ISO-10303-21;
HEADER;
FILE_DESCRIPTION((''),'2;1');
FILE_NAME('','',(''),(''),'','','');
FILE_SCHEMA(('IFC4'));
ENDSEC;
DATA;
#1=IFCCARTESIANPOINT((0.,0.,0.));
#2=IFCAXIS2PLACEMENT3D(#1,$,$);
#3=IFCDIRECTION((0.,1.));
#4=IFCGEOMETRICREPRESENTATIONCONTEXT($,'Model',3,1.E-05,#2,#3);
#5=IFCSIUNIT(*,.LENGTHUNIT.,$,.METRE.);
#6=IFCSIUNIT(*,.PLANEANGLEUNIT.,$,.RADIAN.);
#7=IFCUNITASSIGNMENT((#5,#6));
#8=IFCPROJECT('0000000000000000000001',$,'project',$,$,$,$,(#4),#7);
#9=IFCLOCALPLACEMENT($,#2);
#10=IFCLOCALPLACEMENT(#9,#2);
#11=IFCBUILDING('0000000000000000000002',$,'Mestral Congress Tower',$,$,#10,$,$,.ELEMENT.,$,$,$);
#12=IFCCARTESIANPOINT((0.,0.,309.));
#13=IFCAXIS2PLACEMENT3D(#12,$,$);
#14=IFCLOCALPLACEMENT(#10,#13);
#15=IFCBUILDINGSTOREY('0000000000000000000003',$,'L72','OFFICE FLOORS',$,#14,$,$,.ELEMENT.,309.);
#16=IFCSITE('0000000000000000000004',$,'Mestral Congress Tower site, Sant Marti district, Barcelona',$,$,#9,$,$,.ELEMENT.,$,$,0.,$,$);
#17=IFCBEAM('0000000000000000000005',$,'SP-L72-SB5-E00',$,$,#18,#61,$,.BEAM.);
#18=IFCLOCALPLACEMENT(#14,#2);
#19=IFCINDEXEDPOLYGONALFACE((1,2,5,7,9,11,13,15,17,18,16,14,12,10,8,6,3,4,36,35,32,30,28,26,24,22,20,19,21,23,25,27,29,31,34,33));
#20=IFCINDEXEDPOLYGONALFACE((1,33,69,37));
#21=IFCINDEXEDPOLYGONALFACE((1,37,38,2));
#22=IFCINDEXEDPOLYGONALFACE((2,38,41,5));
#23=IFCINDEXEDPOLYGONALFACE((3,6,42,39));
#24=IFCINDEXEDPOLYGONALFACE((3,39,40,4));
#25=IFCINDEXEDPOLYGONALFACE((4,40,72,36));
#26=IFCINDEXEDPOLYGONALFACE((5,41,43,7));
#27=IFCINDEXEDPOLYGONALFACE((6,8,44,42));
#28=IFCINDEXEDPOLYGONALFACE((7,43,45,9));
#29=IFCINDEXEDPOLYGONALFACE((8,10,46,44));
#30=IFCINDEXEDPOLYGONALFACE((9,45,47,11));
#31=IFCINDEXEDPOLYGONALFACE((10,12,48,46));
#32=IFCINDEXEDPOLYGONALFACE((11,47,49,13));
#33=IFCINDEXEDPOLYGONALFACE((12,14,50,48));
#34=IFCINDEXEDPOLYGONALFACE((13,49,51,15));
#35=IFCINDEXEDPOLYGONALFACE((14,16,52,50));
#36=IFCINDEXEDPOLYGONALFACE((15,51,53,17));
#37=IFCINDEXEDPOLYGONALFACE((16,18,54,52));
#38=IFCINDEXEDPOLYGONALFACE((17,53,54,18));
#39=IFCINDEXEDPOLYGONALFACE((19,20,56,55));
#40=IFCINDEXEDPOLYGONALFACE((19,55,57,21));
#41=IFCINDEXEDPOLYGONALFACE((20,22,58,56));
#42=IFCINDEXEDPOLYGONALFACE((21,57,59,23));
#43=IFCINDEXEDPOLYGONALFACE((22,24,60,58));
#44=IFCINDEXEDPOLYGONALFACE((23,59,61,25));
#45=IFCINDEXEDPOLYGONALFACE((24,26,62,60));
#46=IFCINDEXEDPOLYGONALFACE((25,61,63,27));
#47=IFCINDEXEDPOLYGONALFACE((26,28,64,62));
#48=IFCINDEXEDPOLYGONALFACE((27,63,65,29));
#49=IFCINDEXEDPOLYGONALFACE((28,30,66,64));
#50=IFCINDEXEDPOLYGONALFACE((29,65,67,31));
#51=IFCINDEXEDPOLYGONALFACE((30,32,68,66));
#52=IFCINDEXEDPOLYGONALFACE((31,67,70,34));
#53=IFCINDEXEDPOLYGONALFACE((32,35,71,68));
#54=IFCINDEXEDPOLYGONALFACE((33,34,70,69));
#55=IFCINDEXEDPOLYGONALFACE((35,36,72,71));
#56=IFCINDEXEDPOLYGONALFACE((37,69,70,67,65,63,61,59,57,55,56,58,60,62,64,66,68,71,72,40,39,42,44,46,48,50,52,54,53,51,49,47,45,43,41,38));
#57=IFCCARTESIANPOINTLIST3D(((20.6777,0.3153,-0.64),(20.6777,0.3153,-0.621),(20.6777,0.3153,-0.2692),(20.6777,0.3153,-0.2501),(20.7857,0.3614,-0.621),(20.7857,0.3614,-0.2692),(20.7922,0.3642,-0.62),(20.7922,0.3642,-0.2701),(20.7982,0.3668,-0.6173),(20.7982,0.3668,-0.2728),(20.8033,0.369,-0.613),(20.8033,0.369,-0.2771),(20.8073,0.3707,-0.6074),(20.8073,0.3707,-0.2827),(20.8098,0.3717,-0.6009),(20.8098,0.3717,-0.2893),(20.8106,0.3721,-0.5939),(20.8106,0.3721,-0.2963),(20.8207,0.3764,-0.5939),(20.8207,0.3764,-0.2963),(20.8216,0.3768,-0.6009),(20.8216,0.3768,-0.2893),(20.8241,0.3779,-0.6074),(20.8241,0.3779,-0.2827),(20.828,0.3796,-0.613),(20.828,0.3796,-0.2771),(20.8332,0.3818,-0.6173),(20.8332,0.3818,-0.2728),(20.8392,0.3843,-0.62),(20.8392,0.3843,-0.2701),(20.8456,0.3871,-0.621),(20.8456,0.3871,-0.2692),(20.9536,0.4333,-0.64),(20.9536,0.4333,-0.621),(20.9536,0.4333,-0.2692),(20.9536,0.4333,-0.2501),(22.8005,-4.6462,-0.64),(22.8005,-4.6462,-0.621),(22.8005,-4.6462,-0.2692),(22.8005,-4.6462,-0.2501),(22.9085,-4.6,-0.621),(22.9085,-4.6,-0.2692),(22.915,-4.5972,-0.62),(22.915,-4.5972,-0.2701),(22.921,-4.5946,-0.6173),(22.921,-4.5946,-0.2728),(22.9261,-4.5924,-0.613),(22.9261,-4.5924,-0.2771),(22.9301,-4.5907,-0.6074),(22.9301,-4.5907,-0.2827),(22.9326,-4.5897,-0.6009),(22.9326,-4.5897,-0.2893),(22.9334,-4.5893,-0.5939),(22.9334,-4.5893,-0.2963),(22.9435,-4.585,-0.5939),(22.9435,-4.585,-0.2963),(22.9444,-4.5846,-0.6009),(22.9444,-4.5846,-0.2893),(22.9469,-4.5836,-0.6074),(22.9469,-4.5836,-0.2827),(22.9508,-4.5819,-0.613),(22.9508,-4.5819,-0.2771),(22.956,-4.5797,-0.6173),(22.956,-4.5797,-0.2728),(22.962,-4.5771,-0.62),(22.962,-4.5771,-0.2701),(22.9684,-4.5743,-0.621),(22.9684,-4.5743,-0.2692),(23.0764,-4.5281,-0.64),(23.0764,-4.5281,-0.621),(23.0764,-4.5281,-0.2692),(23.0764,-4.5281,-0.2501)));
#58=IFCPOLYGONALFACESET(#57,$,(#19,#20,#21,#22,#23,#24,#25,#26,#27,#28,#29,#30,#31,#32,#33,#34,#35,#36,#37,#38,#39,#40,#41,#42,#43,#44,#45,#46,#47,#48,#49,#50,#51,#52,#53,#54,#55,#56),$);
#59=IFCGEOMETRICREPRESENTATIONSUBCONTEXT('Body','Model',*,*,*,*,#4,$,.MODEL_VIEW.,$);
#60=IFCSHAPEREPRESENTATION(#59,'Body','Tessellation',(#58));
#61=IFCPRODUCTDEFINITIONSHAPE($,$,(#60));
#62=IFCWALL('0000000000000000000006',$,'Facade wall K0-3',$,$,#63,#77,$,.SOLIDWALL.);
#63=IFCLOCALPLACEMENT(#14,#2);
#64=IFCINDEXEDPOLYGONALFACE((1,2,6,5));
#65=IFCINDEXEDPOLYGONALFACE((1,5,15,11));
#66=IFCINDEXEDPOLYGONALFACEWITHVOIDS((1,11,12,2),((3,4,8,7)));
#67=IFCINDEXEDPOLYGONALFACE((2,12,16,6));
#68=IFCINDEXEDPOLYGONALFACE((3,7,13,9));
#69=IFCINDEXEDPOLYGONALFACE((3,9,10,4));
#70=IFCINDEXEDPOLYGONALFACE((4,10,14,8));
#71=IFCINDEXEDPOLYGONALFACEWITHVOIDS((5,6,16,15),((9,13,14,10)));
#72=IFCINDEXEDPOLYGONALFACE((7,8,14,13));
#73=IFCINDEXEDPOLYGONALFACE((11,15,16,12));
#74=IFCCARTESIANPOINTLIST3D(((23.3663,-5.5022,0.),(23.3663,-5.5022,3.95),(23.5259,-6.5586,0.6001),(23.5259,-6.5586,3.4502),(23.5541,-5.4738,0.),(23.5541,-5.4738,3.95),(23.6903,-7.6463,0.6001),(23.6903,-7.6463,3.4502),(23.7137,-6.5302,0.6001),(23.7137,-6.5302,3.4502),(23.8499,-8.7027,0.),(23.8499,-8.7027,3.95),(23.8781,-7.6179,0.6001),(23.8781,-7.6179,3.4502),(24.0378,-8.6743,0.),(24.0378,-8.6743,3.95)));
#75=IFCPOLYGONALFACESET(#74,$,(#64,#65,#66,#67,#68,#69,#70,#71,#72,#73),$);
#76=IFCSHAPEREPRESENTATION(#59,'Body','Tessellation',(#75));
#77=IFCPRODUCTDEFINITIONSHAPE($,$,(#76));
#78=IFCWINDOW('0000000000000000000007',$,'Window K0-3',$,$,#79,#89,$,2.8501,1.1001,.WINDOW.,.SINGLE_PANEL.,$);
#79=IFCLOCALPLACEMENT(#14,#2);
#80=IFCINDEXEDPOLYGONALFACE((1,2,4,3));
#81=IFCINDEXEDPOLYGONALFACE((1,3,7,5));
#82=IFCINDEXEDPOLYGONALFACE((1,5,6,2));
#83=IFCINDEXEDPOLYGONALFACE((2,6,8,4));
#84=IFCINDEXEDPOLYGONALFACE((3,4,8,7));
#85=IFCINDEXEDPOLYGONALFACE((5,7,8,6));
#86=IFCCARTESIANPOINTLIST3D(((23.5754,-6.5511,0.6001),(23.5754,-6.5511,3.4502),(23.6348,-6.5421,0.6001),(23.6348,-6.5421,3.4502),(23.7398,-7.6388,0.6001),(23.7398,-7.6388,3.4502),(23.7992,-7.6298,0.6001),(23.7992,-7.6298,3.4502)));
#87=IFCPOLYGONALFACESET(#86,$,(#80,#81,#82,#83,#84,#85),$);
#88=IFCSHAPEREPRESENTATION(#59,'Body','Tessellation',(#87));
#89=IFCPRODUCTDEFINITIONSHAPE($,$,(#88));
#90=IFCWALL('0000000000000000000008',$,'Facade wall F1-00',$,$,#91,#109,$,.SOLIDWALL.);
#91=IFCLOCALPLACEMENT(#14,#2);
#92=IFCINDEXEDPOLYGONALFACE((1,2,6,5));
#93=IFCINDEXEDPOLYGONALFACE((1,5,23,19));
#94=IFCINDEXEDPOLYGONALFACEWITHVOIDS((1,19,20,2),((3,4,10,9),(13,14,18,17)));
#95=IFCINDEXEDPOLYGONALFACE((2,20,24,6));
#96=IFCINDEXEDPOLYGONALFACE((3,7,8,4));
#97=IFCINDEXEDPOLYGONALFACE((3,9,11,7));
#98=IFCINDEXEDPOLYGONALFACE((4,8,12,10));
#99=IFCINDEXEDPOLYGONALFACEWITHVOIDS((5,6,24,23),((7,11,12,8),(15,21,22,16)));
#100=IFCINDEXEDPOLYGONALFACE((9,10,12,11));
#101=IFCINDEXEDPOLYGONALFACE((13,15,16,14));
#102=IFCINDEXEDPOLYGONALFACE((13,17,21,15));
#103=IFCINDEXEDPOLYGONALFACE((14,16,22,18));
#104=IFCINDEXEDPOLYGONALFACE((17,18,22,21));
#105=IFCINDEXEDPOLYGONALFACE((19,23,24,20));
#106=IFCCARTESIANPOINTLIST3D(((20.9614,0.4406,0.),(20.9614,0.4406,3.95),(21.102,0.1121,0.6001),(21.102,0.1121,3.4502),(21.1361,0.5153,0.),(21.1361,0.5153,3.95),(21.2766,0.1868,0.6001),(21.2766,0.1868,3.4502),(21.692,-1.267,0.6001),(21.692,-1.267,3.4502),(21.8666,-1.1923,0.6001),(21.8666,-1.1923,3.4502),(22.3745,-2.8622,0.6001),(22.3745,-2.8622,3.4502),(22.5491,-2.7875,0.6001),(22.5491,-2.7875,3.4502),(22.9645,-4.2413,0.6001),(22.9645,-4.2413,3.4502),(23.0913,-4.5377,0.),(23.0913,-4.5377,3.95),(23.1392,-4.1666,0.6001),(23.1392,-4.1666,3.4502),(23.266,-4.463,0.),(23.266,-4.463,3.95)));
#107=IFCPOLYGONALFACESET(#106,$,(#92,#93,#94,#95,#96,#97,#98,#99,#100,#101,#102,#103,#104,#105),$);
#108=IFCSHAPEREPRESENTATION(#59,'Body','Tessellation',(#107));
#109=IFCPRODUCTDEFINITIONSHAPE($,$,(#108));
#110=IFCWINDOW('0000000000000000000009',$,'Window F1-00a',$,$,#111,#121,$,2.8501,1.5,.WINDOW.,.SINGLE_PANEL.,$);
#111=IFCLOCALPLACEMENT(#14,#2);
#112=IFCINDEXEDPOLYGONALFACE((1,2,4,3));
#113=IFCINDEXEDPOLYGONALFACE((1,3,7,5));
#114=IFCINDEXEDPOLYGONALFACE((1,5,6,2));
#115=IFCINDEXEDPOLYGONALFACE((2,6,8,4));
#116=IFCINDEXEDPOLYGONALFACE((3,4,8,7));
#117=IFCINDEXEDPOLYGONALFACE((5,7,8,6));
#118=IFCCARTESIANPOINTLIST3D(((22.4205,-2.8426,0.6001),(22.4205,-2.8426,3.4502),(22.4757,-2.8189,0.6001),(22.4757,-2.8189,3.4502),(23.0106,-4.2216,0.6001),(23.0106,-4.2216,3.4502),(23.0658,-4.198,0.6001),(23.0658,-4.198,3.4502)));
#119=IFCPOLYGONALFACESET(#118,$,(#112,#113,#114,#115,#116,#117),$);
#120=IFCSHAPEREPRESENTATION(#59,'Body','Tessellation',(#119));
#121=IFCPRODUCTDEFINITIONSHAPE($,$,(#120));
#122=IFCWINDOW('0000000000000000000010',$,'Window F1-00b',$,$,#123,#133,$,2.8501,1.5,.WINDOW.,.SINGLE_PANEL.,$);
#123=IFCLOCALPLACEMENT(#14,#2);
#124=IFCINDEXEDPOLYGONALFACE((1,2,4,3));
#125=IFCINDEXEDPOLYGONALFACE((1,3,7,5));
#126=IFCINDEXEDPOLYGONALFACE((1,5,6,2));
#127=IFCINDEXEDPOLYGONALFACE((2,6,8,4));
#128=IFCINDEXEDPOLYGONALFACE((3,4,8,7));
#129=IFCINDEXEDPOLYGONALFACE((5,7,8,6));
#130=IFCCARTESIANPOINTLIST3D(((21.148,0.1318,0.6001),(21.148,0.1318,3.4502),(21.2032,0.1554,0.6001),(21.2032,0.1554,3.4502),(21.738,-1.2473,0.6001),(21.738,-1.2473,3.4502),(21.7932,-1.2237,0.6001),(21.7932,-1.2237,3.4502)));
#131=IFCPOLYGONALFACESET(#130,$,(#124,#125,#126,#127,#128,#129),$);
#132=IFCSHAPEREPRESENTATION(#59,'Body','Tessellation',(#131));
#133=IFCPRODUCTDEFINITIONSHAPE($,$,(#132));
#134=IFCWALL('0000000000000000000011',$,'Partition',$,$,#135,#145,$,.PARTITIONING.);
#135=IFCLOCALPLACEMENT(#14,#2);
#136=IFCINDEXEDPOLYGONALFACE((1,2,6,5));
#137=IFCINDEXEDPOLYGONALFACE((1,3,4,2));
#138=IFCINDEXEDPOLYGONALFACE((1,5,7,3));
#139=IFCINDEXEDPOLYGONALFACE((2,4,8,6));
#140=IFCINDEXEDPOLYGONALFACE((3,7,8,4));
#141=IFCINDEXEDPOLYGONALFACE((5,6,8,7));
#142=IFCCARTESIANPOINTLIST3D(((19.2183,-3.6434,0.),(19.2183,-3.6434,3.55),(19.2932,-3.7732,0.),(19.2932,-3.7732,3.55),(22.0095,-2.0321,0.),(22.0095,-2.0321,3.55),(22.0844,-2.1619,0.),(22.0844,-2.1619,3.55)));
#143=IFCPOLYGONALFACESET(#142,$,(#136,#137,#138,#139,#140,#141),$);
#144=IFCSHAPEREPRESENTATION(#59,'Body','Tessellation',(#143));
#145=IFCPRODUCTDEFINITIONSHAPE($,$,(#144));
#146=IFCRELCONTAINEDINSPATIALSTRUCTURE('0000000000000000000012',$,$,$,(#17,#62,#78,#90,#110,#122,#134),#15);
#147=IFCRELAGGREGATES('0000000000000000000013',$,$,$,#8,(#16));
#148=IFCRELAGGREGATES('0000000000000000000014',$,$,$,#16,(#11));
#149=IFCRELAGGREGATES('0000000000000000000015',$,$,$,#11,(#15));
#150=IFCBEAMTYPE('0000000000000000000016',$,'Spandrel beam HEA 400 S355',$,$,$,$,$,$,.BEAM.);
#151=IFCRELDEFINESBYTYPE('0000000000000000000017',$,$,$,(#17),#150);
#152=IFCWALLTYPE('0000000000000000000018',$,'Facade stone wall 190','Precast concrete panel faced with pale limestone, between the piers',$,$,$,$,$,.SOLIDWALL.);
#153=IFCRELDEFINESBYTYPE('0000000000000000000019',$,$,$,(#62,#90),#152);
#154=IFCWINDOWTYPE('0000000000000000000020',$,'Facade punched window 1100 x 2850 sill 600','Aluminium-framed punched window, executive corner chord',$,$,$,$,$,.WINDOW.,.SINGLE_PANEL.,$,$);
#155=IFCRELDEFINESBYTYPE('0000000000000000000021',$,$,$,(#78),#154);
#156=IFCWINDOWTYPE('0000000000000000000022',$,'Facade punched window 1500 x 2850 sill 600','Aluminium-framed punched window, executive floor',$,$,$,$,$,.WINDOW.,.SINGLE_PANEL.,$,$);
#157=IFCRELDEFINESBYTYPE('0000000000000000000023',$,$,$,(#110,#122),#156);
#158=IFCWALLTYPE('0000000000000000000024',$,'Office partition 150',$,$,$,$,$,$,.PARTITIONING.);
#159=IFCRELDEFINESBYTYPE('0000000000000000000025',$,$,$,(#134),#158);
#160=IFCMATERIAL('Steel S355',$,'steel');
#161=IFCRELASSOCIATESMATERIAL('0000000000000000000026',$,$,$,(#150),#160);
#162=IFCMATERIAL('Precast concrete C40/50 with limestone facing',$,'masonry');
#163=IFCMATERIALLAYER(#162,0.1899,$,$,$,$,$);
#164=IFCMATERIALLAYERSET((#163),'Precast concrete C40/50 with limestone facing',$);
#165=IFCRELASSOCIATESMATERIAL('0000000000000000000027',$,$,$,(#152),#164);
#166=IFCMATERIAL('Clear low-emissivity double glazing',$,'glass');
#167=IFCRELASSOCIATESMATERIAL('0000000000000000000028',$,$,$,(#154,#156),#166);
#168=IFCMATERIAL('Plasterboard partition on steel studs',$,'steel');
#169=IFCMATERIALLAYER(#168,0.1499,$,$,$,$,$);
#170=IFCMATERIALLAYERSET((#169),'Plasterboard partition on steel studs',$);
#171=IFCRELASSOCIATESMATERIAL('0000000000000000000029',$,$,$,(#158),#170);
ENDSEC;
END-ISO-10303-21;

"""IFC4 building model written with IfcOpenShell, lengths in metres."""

from ifc_helpers import new_model, si_unit, direction, frame, frame_2d, origin, origin_2d, place, context, subcontext, project, spatial, rectangle, i_section, extrude, material, layer, layer_set, material_profile, profile_set, type_object, element, fill, save


model = new_model("IFC4")

# Units and contexts
model_context = context("Model", 3, precision=1e-05, world=origin(), true_north=direction((0.0, 1.0)))
body_context = subcontext(model_context, "Body", "Model", "MODEL_VIEW")
ifc_project = project(units=[si_unit("LENGTHUNIT", "METRE"), si_unit("PLANEANGLEUNIT", "RADIAN")], contexts=[model_context])

# Site, building, storey
site_placement = place(None, origin())
site = spatial("IfcSite", under=ifc_project, at=site_placement, Name="Mestral Congress Tower site, Sant Marti district, Barcelona", CompositionType="ELEMENT", RefElevation=0.0)
building_placement = place(site_placement, origin())
building = spatial("IfcBuilding", under=site, at=building_placement, Name="Mestral Congress Tower", CompositionType="ELEMENT")
storey_placement = place(building_placement, frame((0.0, 0.0, 309.0)))
storey = spatial("IfcBuildingStorey", under=building, at=storey_placement, Name="L72", Description="OFFICE FLOORS", CompositionType="ELEMENT", Elevation=309.0)

# Beam
ifc_material_1 = material(Name="Steel S355", Category="steel")
ifc_material_profile_1 = material_profile(ifc_material_1, i_section(OverallWidth=0.3, OverallDepth=0.3899, WebThickness=0.011, FlangeThickness=0.019, FilletRadius=0.0271, at=origin_2d()), Name="HEA 400")
ifc_profile_set_1 = profile_set([ifc_material_profile_1], Name="Steel S355")
beam_type_1 = type_object("IfcBeamType", Name="Spandrel beam HEA 400 S355", PredefinedType="BEAM", material=ifc_profile_set_1)
beam_1_placement = place(storey_placement, frame((22.9385, -4.5872, -0.4451), z_axis=(-0.393368, 0.919381, 0.0), x_axis=(-0.919381, -0.393368, 0.0)))
element("IfcBeam", 1, at=beam_1_placement, inside=storey, type_object=beam_type_1, Name="SP-L72-SB5-E00", PredefinedType="BEAM", context=body_context, shape_type="SweptSolid", body=[
    extrude(i_section(OverallWidth=0.3, OverallDepth=0.3899, WebThickness=0.011, FlangeThickness=0.019, FilletRadius=0.0271, at=origin_2d()), origin(), (0.0, 0.0, 1.0), 5.3965),
])

# Wall, opening, window
ifc_material_2 = material(Name="Precast concrete C40/50 with limestone facing", Category="masonry")
ifc_layer_1 = layer(ifc_material_2, 0.1899)
ifc_layer_set_1 = layer_set([ifc_layer_1], Name="Precast concrete C40/50 with limestone facing")
wall_type_1 = type_object("IfcWallType", Name="Facade stone wall 190", Description="Precast concrete panel faced with pale limestone, between the piers", PredefinedType="SOLIDWALL", material=ifc_layer_set_1)
wall_1_placement = place(storey_placement, frame((23.9438, -8.6885, 0.0), z_axis=(0.0, 0.0, 1.0), x_axis=(-0.149421, 0.988774, 0.0)))
wall_1 = element("IfcWall", 2, at=wall_1_placement, inside=storey, type_object=wall_type_1, Name="Facade wall K0-3", PredefinedType="SOLIDWALL", context=body_context, shape_type="SweptSolid", body=[
    extrude(rectangle(XDim=3.2368, YDim=0.1899, at=frame_2d((1.6184, 0.0))), origin(), (0.0, 0.0, 1.0), 3.95),
])
opening_1_placement = place(wall_1_placement, frame((1.0684, 0.0, 0.6001)))
opening_1 = element("IfcOpeningElement", 3, at=opening_1_placement, cuts=wall_1, PredefinedType="OPENING", context=body_context, shape_type="SweptSolid", body=[
    extrude(rectangle(XDim=1.1001, YDim=2.8501, at=frame_2d((0.55, 1.425))), frame((0.0, 0.105, 0.0), z_axis=(0.0, -1.0, 0.0), x_axis=(1.0, 0.0, 0.0)), (0.0, 0.0, 1.0), 0.21),
])
ifc_material_3 = material(Name="Clear low-emissivity double glazing", Category="glass")
window_type_1 = type_object("IfcWindowType", Name="Facade punched window 1100 x 2850 sill 600", Description="Aluminium-framed punched window, executive corner chord", PartitioningType="SINGLE_PANEL", PredefinedType="WINDOW", material=ifc_material_3)
window_1_placement = place(opening_1_placement, origin())
window_1 = element("IfcWindow", 4, at=window_1_placement, inside=storey, type_object=window_type_1, Name="Window K0-3", OverallHeight=2.8501, OverallWidth=1.1001, PartitioningType="SINGLE_PANEL", PredefinedType="WINDOW", context=body_context, shape_type="SweptSolid", body=[
    extrude(rectangle(XDim=1.1001, YDim=2.8501, at=frame_2d((0.55, 1.425))), frame((0.0, 0.0449, 0.0), z_axis=(0.0, -1.0, 0.0), x_axis=(1.0, 0.0, 0.0)), (0.0, 0.0, 1.0), 0.0601),
])
fill(opening_1, window_1)

# Wall, openings, windows
wall_2_placement = place(storey_placement, frame((23.1787, -4.5005, 0.0), z_axis=(0.0, 0.0, 1.0), x_axis=(-0.393348, 0.91939, 0.0)))
wall_2 = element("IfcWall", 5, at=wall_2_placement, inside=storey, type_object=wall_type_1, Name="Facade wall F1-00", PredefinedType="SOLIDWALL", context=body_context, shape_type="SweptSolid", body=[
    extrude(rectangle(XDim=5.4148, YDim=0.1899, at=frame_2d((2.7075, 0.0))), origin(), (0.0, 0.0, 1.0), 3.95),
])
opening_2_placement = place(wall_2_placement, frame((0.3225, 0.0, 0.6001)))
opening_2 = element("IfcOpeningElement", 6, at=opening_2_placement, cuts=wall_2, PredefinedType="OPENING", context=body_context, shape_type="SweptSolid", body=[
    extrude(rectangle(XDim=1.5, YDim=2.8501, at=frame_2d((0.75, 1.425))), frame((0.0, 0.105, 0.0), z_axis=(0.0, -1.0, 0.0), x_axis=(1.0, 0.0, 0.0)), (0.0, 0.0, 1.0), 0.21),
])
opening_3_placement = place(wall_2_placement, frame((3.5576, 0.0, 0.6001)))
opening_3 = element("IfcOpeningElement", 7, at=opening_3_placement, cuts=wall_2, PredefinedType="OPENING", context=body_context, shape_type="SweptSolid", body=[
    extrude(rectangle(XDim=1.5, YDim=2.8501, at=frame_2d((0.75, 1.425))), frame((0.0, 0.105, 0.0), z_axis=(0.0, -1.0, 0.0), x_axis=(1.0, 0.0, 0.0)), (0.0, 0.0, 1.0), 0.21),
])
window_type_2 = type_object("IfcWindowType", Name="Facade punched window 1500 x 2850 sill 600", Description="Aluminium-framed punched window, executive floor", PartitioningType="SINGLE_PANEL", PredefinedType="WINDOW", material=ifc_material_3)
window_2_placement = place(opening_2_placement, origin())
window_2 = element("IfcWindow", 8, at=window_2_placement, inside=storey, type_object=window_type_2, Name="Window F1-00a", OverallHeight=2.8501, OverallWidth=1.5, PartitioningType="SINGLE_PANEL", PredefinedType="WINDOW", context=body_context, shape_type="SweptSolid", body=[
    extrude(rectangle(XDim=1.5, YDim=2.8501, at=frame_2d((0.75, 1.425))), frame((0.0, 0.0449, 0.0), z_axis=(0.0, -1.0, 0.0), x_axis=(1.0, 0.0, 0.0)), (0.0, 0.0, 1.0), 0.0601),
])
fill(opening_2, window_2)
window_3_placement = place(opening_3_placement, origin())
window_3 = element("IfcWindow", 9, at=window_3_placement, inside=storey, type_object=window_type_2, Name="Window F1-00b", OverallHeight=2.8501, OverallWidth=1.5, PartitioningType="SINGLE_PANEL", PredefinedType="WINDOW", context=body_context, shape_type="SweptSolid", body=[
    extrude(rectangle(XDim=1.5, YDim=2.8501, at=frame_2d((0.75, 1.425))), frame((0.0, 0.0449, 0.0), z_axis=(0.0, -1.0, 0.0), x_axis=(1.0, 0.0, 0.0)), (0.0, 0.0, 1.0), 0.0601),
])
fill(opening_3, window_3)

# Wall
ifc_material_4 = material(Name="Plasterboard partition on steel studs", Category="steel")
ifc_layer_2 = layer(ifc_material_4, 0.1499)
ifc_layer_set_2 = layer_set([ifc_layer_2], Name="Plasterboard partition on steel studs")
wall_type_2 = type_object("IfcWallType", Name="Office partition 150", PredefinedType="PARTITIONING", material=ifc_layer_set_2)
wall_3_placement = place(storey_placement, frame((19.2559, -3.7083, 0.0), z_axis=(0.0, 0.0, 1.0), x_axis=(0.866053, 0.499952, 0.0)))
element("IfcWall", 10, at=wall_3_placement, inside=storey, type_object=wall_type_2, Name="Partition", PredefinedType="PARTITIONING", context=body_context, shape_type="SweptSolid", body=[
    extrude(rectangle(XDim=3.2229, YDim=0.1499, at=frame_2d((1.6113, 0.0))), origin(), (0.0, 0.0, 1.0), 3.55),
])

save(model, "model.ifc")
